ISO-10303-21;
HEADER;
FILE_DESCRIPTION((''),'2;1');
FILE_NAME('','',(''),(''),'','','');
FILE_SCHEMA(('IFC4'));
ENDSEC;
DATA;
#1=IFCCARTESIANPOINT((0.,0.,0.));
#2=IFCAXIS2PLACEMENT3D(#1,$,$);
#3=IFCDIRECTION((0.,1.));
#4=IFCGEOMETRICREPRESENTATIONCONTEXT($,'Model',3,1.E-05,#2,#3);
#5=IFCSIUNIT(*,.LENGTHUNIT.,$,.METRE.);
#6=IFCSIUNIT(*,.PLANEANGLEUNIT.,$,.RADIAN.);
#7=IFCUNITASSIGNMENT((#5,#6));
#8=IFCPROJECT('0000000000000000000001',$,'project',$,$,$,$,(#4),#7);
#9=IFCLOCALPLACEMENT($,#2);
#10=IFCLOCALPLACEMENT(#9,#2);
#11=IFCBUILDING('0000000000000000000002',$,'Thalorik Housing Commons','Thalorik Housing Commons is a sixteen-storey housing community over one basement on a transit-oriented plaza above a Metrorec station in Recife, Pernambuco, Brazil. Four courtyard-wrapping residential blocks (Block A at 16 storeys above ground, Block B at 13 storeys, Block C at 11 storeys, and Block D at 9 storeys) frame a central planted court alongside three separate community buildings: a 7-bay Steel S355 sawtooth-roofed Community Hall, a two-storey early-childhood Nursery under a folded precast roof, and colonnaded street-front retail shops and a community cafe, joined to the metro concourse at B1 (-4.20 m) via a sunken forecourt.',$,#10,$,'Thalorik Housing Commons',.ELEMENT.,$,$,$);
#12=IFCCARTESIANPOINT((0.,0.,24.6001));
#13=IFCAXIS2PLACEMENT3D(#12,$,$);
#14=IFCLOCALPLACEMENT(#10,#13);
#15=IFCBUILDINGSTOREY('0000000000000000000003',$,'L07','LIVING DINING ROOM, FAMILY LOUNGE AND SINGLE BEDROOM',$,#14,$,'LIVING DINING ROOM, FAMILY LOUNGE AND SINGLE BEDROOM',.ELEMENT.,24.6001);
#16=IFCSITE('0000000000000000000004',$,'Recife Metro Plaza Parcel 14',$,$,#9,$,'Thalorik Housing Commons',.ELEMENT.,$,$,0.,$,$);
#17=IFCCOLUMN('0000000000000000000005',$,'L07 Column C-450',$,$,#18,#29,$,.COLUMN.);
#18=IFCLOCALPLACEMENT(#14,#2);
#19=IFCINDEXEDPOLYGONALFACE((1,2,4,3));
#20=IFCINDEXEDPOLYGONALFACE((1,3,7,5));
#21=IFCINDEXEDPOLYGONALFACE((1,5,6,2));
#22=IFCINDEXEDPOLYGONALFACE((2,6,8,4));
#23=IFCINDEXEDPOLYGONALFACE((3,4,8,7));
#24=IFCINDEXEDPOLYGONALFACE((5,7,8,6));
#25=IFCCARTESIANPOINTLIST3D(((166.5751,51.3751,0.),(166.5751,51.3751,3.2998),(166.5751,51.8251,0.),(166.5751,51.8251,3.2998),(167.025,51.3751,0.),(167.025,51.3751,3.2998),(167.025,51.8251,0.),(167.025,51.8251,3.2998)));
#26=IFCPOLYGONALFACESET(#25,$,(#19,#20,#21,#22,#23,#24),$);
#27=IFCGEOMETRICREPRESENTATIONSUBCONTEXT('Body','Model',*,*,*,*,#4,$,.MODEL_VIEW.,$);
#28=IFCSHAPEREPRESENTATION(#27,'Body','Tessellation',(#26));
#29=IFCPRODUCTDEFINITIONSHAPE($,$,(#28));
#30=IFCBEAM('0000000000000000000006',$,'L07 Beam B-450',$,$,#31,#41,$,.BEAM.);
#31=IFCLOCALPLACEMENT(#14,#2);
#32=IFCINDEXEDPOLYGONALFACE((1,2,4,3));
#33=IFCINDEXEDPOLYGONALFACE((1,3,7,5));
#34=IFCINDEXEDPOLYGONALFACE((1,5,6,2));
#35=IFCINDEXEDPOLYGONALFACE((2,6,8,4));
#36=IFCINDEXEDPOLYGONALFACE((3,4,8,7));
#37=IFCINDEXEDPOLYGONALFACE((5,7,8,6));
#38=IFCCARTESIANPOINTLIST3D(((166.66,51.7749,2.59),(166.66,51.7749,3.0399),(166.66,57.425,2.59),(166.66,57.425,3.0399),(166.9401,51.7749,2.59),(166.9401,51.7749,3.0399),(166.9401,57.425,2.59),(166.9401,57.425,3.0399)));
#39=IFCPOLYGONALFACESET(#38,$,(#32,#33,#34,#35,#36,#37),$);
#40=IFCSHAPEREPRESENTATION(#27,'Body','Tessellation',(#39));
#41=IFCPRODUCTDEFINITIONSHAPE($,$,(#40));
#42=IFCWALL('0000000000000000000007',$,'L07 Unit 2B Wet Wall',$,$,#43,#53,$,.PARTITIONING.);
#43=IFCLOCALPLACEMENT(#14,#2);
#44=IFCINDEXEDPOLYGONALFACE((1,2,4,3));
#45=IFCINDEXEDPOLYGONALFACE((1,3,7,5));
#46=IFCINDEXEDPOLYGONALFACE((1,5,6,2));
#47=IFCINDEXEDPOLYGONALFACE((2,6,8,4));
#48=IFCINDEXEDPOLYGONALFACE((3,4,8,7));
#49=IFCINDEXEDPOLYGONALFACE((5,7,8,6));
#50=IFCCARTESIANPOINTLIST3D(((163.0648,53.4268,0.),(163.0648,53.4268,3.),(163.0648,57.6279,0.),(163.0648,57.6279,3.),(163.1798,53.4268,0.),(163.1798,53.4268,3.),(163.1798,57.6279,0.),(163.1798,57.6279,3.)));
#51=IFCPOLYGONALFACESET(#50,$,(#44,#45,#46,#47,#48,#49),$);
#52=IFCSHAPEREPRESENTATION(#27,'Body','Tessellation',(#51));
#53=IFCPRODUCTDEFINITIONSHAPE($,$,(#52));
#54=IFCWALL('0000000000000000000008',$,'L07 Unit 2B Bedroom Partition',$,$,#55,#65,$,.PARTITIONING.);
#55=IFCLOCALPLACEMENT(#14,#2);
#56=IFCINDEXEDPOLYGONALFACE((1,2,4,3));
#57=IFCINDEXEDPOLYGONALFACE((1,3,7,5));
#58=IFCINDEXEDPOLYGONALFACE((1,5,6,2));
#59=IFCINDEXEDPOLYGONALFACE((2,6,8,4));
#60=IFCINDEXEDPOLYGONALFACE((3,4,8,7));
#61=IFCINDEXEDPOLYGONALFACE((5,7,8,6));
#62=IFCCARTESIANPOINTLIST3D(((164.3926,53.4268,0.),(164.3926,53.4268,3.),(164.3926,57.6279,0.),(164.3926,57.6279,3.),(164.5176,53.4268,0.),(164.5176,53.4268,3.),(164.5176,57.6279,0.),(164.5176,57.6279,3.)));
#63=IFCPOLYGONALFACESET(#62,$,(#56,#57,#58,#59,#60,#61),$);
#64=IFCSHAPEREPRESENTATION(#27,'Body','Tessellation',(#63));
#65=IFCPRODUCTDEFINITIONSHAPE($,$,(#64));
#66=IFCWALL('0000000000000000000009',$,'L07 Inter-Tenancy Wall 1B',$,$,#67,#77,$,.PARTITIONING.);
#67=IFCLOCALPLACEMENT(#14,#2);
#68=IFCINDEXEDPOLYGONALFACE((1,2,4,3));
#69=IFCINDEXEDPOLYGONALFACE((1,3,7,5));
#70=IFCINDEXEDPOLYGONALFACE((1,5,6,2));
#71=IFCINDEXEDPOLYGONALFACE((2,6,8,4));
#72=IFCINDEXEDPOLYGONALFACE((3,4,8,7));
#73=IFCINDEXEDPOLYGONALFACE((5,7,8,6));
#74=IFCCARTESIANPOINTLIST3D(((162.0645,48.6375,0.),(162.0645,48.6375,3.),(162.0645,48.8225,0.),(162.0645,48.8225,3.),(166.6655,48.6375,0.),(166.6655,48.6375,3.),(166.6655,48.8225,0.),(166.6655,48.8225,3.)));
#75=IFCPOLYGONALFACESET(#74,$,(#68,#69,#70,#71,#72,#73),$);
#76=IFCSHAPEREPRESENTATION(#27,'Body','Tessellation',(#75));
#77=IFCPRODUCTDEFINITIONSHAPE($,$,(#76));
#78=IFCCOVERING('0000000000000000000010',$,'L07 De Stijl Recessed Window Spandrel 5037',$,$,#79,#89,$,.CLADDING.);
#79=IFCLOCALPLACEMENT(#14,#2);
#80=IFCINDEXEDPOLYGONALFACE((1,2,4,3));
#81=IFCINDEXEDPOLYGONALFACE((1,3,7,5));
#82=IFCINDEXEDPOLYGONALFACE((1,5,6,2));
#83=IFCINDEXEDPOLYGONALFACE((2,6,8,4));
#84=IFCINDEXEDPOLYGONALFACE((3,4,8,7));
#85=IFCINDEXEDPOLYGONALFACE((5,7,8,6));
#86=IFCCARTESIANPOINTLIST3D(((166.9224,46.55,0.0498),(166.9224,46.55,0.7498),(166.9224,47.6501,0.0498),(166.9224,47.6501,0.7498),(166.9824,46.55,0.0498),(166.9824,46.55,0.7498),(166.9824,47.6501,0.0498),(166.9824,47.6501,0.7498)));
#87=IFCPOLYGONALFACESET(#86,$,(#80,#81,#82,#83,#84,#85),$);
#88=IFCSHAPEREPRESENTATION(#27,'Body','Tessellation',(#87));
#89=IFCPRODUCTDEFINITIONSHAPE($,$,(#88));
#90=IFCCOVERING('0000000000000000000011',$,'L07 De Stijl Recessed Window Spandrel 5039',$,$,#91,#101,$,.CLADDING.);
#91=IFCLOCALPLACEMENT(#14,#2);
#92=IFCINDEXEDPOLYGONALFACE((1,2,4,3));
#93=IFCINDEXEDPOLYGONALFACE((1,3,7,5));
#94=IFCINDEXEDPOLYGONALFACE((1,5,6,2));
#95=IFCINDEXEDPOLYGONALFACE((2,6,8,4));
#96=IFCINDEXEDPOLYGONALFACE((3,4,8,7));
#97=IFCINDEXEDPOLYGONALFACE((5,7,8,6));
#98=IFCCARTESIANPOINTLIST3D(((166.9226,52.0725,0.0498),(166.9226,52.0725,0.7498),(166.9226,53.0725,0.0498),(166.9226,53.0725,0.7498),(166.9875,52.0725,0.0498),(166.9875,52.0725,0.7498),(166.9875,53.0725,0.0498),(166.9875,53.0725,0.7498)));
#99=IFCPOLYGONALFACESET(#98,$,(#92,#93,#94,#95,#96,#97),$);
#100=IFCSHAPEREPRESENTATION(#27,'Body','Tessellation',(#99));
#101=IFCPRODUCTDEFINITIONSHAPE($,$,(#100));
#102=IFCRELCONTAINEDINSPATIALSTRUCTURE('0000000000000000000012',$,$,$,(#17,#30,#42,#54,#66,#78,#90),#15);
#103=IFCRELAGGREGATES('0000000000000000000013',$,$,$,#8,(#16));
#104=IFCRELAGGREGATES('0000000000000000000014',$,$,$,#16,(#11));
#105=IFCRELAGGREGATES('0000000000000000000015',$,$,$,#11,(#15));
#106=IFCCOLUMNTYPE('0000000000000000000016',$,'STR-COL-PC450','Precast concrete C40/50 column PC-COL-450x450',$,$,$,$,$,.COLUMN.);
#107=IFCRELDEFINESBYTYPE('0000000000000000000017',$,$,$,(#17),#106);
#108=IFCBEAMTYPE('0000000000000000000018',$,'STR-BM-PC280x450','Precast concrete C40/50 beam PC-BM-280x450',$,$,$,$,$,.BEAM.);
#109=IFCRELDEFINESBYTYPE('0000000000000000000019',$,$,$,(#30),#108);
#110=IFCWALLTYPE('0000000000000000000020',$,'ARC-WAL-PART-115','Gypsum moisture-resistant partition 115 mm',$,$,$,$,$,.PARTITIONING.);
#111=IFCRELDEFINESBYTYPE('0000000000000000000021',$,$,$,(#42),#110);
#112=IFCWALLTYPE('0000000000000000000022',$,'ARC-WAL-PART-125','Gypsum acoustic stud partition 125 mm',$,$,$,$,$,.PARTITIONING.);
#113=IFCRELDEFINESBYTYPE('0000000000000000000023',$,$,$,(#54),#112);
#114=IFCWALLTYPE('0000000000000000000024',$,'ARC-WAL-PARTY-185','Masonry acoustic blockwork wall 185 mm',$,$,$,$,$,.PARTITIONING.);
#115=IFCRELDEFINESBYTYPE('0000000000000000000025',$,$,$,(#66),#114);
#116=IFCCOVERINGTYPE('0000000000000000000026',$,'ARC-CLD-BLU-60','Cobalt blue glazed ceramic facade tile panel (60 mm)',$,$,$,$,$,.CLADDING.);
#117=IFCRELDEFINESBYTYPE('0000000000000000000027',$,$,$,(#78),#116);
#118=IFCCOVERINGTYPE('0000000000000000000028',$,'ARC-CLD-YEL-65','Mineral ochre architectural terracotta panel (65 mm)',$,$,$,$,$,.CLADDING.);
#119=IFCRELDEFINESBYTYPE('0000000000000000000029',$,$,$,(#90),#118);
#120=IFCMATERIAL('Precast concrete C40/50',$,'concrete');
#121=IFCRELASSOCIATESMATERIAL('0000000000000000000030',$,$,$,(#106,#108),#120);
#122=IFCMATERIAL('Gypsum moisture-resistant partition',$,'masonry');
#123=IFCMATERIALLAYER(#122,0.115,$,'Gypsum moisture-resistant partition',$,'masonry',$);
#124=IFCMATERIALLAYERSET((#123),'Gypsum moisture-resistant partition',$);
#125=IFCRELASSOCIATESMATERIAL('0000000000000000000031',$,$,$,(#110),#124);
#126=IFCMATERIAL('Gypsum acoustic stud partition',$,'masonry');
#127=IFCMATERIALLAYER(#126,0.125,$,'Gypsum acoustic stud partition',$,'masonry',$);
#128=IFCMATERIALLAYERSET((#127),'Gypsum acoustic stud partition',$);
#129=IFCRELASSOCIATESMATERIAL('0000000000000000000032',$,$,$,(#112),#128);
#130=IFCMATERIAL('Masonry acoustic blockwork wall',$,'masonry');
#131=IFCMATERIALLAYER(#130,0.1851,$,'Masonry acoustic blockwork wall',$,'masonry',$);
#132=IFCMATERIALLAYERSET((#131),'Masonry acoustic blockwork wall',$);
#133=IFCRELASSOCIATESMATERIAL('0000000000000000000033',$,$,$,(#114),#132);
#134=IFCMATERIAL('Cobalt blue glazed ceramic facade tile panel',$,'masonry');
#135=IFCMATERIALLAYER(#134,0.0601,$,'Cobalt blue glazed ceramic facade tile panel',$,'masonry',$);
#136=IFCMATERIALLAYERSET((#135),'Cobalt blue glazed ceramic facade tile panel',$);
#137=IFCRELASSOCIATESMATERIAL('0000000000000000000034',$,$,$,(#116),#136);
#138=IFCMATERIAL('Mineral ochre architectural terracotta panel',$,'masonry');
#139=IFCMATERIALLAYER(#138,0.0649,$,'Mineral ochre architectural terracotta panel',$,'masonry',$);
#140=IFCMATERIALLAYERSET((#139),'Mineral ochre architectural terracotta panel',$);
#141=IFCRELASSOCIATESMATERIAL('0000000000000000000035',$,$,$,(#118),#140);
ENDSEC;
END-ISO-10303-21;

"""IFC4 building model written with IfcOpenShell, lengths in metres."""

from ifc_helpers import new_model, si_unit, direction, frame, frame_2d, origin, origin_2d, place, context, subcontext, project, spatial, rectangle, extrude, material, layer, layer_set, material_profile, profile_set, type_object, element, save


model = new_model("IFC4")

# Units and contexts
model_context = context("Model", 3, precision=1e-05, world=origin(), true_north=direction((0.0, 1.0)))
body_context = subcontext(model_context, "Body", "Model", "MODEL_VIEW")
ifc_project = project(units=[si_unit("LENGTHUNIT", "METRE"), si_unit("PLANEANGLEUNIT", "RADIAN")], contexts=[model_context])

# Site, building, storey
site_placement = place(None, origin())
site = spatial("IfcSite", under=ifc_project, at=site_placement, Name="Recife Metro Plaza Parcel 14", LongName="Thalorik Housing Commons", CompositionType="ELEMENT", RefElevation=0.0)
building_placement = place(site_placement, origin())
building = spatial("IfcBuilding", under=site, at=building_placement, Name="Thalorik Housing Commons", Description="Thalorik Housing Commons is a sixteen-storey housing community over one basement on a transit-oriented plaza above a Metrorec station in Recife, Pernambuco, Brazil. Four courtyard-wrapping residential blocks (Block A at 16 storeys above ground, Block B at 13 storeys, Block C at 11 storeys, and Block D at 9 storeys) frame a central planted court alongside three separate community buildings: a 7-bay Steel S355 sawtooth-roofed Community Hall, a two-storey early-childhood Nursery under a folded precast roof, and colonnaded street-front retail shops and a community cafe, joined to the metro concourse at B1 (-4.20 m) via a sunken forecourt.", LongName="Thalorik Housing Commons", CompositionType="ELEMENT")
storey_placement = place(building_placement, frame((0.0, 0.0, 24.6001)))
storey = spatial("IfcBuildingStorey", under=building, at=storey_placement, Name="L07", Description="LIVING DINING ROOM, FAMILY LOUNGE AND SINGLE BEDROOM", LongName="LIVING DINING ROOM, FAMILY LOUNGE AND SINGLE BEDROOM", CompositionType="ELEMENT", Elevation=24.6001)

# Column
ifc_material_1 = material(Name="Precast concrete C40/50", Category="concrete")
ifc_material_profile_1 = material_profile(ifc_material_1, rectangle(XDim=0.45, YDim=0.45, at=origin_2d()), Name="PC 450x450", Category="concrete")
ifc_profile_set_1 = profile_set([ifc_material_profile_1], Name="Precast concrete C40/50")
column_type = type_object("IfcColumnType", Name="STR-COL-PC450", Description="Precast concrete C40/50 column PC-COL-450x450", PredefinedType="COLUMN", material=ifc_profile_set_1)
column_placement = place(storey_placement, frame((166.8, 51.6001, 0.0), z_axis=(0.0, 0.0, 1.0), x_axis=(1.0, 0.0, 0.0)))
element("IfcColumn", 1, at=column_placement, inside=storey, type_object=column_type, Name="L07 Column C-450", PredefinedType="COLUMN", context=body_context, shape_type="SweptSolid", body=[
    extrude(rectangle(XDim=0.45, YDim=0.45, at=origin_2d()), origin(), (0.0, 0.0, 1.0), 3.2998),
])

# Beam
ifc_material_profile_2 = material_profile(ifc_material_1, rectangle(XDim=0.28, YDim=0.45, at=origin_2d()), Name="PC 280x450", Category="concrete")
ifc_profile_set_2 = profile_set([ifc_material_profile_2], Name="Precast concrete C40/50")
beam_type = type_object("IfcBeamType", Name="STR-BM-PC280x450", Description="Precast concrete C40/50 beam PC-BM-280x450", PredefinedType="BEAM", material=ifc_profile_set_2)
beam_placement = place(storey_placement, frame((166.8, 51.7749, 2.8149), z_axis=(0.0, 1.0, 0.0), x_axis=(-1.0, 0.0, 0.0)))
element("IfcBeam", 2, at=beam_placement, inside=storey, type_object=beam_type, Name="L07 Beam B-450", PredefinedType="BEAM", context=body_context, shape_type="SweptSolid", body=[
    extrude(rectangle(XDim=0.28, YDim=0.45, at=origin_2d()), origin(), (0.0, 0.0, 1.0), 5.6501),
])

# Walls
ifc_material_2 = material(Name="Gypsum moisture-resistant partition", Category="masonry")
ifc_layer_1 = layer(ifc_material_2, 0.115, Name="Gypsum moisture-resistant partition", Category="masonry")
ifc_layer_set_1 = layer_set([ifc_layer_1], Name="Gypsum moisture-resistant partition")
wall_type_1 = type_object("IfcWallType", Name="ARC-WAL-PART-115", Description="Gypsum moisture-resistant partition 115 mm", PredefinedType="PARTITIONING", material=ifc_layer_set_1)
wall_1_placement = place(storey_placement, frame((163.1223, 53.4268, 0.0), z_axis=(0.0, 0.0, 1.0), x_axis=(0.0, 1.0, 0.0)))
element("IfcWall", 3, at=wall_1_placement, inside=storey, type_object=wall_type_1, Name="L07 Unit 2B Wet Wall", PredefinedType="PARTITIONING", context=body_context, shape_type="SweptSolid", body=[
    extrude(rectangle(XDim=4.2012, YDim=0.115, at=frame_2d((2.1006, 0.0))), origin(), (0.0, 0.0, 1.0), 3.0),
])
ifc_material_3 = material(Name="Gypsum acoustic stud partition", Category="masonry")
ifc_layer_2 = layer(ifc_material_3, 0.125, Name="Gypsum acoustic stud partition", Category="masonry")
ifc_layer_set_2 = layer_set([ifc_layer_2], Name="Gypsum acoustic stud partition")
wall_type_2 = type_object("IfcWallType", Name="ARC-WAL-PART-125", Description="Gypsum acoustic stud partition 125 mm", PredefinedType="PARTITIONING", material=ifc_layer_set_2)
wall_2_placement = place(storey_placement, frame((164.4551, 53.4268, 0.0), z_axis=(0.0, 0.0, 1.0), x_axis=(0.0, 1.0, 0.0)))
element("IfcWall", 4, at=wall_2_placement, inside=storey, type_object=wall_type_2, Name="L07 Unit 2B Bedroom Partition", PredefinedType="PARTITIONING", context=body_context, shape_type="SweptSolid", body=[
    extrude(rectangle(XDim=4.2012, YDim=0.125, at=frame_2d((2.1006, 0.0))), origin(), (0.0, 0.0, 1.0), 3.0),
])
ifc_material_4 = material(Name="Masonry acoustic blockwork wall", Category="masonry")
ifc_layer_3 = layer(ifc_material_4, 0.1851, Name="Masonry acoustic blockwork wall", Category="masonry")
ifc_layer_set_3 = layer_set([ifc_layer_3], Name="Masonry acoustic blockwork wall")
wall_type_3 = type_object("IfcWallType", Name="ARC-WAL-PARTY-185", Description="Masonry acoustic blockwork wall 185 mm", PredefinedType="PARTITIONING", material=ifc_layer_set_3)
wall_3_placement = place(storey_placement, frame((162.0645, 48.73, 0.0), z_axis=(0.0, 0.0, 1.0), x_axis=(1.0, 0.0, 0.0)))
element("IfcWall", 5, at=wall_3_placement, inside=storey, type_object=wall_type_3, Name="L07 Inter-Tenancy Wall 1B", PredefinedType="PARTITIONING", context=body_context, shape_type="SweptSolid", body=[
    extrude(rectangle(XDim=4.6011, YDim=0.1851, at=frame_2d((2.3005, 0.0))), origin(), (0.0, 0.0, 1.0), 3.0),
])

# Coverings
ifc_material_5 = material(Name="Cobalt blue glazed ceramic facade tile panel", Category="masonry")
ifc_layer_4 = layer(ifc_material_5, 0.0601, Name="Cobalt blue glazed ceramic facade tile panel", Category="masonry")
ifc_layer_set_4 = layer_set([ifc_layer_4], Name="Cobalt blue glazed ceramic facade tile panel")
covering_type_1 = type_object("IfcCoveringType", Name="ARC-CLD-BLU-60", Description="Cobalt blue glazed ceramic facade tile panel (60 mm)", PredefinedType="CLADDING", material=ifc_layer_set_4)
covering_1_placement = place(storey_placement, frame((166.9524, 47.1001, 0.0498), z_axis=(0.0, 0.0, 1.0), x_axis=(0.0, 1.0, 0.0)))
element("IfcCovering", 6, at=covering_1_placement, inside=storey, type_object=covering_type_1, Name="L07 De Stijl Recessed Window Spandrel 5037", PredefinedType="CLADDING", context=body_context, shape_type="SweptSolid", body=[
    extrude(rectangle(XDim=1.1001, YDim=0.0601, at=origin_2d()), origin(), (0.0, 0.0, 1.0), 0.7),
])
ifc_material_6 = material(Name="Mineral ochre architectural terracotta panel", Category="masonry")
ifc_layer_5 = layer(ifc_material_6, 0.0649, Name="Mineral ochre architectural terracotta panel", Category="masonry")
ifc_layer_set_5 = layer_set([ifc_layer_5], Name="Mineral ochre architectural terracotta panel")
covering_type_2 = type_object("IfcCoveringType", Name="ARC-CLD-YEL-65", Description="Mineral ochre architectural terracotta panel (65 mm)", PredefinedType="CLADDING", material=ifc_layer_set_5)
covering_2_placement = place(storey_placement, frame((166.9551, 52.5725, 0.0498), z_axis=(0.0, 0.0, 1.0), x_axis=(0.0, 1.0, 0.0)))
element("IfcCovering", 7, at=covering_2_placement, inside=storey, type_object=covering_type_2, Name="L07 De Stijl Recessed Window Spandrel 5039", PredefinedType="CLADDING", context=body_context, shape_type="SweptSolid", body=[
    extrude(rectangle(XDim=1.0, YDim=0.0649, at=origin_2d()), origin(), (0.0, 0.0, 1.0), 0.7),
])

save(model, "model.ifc")
